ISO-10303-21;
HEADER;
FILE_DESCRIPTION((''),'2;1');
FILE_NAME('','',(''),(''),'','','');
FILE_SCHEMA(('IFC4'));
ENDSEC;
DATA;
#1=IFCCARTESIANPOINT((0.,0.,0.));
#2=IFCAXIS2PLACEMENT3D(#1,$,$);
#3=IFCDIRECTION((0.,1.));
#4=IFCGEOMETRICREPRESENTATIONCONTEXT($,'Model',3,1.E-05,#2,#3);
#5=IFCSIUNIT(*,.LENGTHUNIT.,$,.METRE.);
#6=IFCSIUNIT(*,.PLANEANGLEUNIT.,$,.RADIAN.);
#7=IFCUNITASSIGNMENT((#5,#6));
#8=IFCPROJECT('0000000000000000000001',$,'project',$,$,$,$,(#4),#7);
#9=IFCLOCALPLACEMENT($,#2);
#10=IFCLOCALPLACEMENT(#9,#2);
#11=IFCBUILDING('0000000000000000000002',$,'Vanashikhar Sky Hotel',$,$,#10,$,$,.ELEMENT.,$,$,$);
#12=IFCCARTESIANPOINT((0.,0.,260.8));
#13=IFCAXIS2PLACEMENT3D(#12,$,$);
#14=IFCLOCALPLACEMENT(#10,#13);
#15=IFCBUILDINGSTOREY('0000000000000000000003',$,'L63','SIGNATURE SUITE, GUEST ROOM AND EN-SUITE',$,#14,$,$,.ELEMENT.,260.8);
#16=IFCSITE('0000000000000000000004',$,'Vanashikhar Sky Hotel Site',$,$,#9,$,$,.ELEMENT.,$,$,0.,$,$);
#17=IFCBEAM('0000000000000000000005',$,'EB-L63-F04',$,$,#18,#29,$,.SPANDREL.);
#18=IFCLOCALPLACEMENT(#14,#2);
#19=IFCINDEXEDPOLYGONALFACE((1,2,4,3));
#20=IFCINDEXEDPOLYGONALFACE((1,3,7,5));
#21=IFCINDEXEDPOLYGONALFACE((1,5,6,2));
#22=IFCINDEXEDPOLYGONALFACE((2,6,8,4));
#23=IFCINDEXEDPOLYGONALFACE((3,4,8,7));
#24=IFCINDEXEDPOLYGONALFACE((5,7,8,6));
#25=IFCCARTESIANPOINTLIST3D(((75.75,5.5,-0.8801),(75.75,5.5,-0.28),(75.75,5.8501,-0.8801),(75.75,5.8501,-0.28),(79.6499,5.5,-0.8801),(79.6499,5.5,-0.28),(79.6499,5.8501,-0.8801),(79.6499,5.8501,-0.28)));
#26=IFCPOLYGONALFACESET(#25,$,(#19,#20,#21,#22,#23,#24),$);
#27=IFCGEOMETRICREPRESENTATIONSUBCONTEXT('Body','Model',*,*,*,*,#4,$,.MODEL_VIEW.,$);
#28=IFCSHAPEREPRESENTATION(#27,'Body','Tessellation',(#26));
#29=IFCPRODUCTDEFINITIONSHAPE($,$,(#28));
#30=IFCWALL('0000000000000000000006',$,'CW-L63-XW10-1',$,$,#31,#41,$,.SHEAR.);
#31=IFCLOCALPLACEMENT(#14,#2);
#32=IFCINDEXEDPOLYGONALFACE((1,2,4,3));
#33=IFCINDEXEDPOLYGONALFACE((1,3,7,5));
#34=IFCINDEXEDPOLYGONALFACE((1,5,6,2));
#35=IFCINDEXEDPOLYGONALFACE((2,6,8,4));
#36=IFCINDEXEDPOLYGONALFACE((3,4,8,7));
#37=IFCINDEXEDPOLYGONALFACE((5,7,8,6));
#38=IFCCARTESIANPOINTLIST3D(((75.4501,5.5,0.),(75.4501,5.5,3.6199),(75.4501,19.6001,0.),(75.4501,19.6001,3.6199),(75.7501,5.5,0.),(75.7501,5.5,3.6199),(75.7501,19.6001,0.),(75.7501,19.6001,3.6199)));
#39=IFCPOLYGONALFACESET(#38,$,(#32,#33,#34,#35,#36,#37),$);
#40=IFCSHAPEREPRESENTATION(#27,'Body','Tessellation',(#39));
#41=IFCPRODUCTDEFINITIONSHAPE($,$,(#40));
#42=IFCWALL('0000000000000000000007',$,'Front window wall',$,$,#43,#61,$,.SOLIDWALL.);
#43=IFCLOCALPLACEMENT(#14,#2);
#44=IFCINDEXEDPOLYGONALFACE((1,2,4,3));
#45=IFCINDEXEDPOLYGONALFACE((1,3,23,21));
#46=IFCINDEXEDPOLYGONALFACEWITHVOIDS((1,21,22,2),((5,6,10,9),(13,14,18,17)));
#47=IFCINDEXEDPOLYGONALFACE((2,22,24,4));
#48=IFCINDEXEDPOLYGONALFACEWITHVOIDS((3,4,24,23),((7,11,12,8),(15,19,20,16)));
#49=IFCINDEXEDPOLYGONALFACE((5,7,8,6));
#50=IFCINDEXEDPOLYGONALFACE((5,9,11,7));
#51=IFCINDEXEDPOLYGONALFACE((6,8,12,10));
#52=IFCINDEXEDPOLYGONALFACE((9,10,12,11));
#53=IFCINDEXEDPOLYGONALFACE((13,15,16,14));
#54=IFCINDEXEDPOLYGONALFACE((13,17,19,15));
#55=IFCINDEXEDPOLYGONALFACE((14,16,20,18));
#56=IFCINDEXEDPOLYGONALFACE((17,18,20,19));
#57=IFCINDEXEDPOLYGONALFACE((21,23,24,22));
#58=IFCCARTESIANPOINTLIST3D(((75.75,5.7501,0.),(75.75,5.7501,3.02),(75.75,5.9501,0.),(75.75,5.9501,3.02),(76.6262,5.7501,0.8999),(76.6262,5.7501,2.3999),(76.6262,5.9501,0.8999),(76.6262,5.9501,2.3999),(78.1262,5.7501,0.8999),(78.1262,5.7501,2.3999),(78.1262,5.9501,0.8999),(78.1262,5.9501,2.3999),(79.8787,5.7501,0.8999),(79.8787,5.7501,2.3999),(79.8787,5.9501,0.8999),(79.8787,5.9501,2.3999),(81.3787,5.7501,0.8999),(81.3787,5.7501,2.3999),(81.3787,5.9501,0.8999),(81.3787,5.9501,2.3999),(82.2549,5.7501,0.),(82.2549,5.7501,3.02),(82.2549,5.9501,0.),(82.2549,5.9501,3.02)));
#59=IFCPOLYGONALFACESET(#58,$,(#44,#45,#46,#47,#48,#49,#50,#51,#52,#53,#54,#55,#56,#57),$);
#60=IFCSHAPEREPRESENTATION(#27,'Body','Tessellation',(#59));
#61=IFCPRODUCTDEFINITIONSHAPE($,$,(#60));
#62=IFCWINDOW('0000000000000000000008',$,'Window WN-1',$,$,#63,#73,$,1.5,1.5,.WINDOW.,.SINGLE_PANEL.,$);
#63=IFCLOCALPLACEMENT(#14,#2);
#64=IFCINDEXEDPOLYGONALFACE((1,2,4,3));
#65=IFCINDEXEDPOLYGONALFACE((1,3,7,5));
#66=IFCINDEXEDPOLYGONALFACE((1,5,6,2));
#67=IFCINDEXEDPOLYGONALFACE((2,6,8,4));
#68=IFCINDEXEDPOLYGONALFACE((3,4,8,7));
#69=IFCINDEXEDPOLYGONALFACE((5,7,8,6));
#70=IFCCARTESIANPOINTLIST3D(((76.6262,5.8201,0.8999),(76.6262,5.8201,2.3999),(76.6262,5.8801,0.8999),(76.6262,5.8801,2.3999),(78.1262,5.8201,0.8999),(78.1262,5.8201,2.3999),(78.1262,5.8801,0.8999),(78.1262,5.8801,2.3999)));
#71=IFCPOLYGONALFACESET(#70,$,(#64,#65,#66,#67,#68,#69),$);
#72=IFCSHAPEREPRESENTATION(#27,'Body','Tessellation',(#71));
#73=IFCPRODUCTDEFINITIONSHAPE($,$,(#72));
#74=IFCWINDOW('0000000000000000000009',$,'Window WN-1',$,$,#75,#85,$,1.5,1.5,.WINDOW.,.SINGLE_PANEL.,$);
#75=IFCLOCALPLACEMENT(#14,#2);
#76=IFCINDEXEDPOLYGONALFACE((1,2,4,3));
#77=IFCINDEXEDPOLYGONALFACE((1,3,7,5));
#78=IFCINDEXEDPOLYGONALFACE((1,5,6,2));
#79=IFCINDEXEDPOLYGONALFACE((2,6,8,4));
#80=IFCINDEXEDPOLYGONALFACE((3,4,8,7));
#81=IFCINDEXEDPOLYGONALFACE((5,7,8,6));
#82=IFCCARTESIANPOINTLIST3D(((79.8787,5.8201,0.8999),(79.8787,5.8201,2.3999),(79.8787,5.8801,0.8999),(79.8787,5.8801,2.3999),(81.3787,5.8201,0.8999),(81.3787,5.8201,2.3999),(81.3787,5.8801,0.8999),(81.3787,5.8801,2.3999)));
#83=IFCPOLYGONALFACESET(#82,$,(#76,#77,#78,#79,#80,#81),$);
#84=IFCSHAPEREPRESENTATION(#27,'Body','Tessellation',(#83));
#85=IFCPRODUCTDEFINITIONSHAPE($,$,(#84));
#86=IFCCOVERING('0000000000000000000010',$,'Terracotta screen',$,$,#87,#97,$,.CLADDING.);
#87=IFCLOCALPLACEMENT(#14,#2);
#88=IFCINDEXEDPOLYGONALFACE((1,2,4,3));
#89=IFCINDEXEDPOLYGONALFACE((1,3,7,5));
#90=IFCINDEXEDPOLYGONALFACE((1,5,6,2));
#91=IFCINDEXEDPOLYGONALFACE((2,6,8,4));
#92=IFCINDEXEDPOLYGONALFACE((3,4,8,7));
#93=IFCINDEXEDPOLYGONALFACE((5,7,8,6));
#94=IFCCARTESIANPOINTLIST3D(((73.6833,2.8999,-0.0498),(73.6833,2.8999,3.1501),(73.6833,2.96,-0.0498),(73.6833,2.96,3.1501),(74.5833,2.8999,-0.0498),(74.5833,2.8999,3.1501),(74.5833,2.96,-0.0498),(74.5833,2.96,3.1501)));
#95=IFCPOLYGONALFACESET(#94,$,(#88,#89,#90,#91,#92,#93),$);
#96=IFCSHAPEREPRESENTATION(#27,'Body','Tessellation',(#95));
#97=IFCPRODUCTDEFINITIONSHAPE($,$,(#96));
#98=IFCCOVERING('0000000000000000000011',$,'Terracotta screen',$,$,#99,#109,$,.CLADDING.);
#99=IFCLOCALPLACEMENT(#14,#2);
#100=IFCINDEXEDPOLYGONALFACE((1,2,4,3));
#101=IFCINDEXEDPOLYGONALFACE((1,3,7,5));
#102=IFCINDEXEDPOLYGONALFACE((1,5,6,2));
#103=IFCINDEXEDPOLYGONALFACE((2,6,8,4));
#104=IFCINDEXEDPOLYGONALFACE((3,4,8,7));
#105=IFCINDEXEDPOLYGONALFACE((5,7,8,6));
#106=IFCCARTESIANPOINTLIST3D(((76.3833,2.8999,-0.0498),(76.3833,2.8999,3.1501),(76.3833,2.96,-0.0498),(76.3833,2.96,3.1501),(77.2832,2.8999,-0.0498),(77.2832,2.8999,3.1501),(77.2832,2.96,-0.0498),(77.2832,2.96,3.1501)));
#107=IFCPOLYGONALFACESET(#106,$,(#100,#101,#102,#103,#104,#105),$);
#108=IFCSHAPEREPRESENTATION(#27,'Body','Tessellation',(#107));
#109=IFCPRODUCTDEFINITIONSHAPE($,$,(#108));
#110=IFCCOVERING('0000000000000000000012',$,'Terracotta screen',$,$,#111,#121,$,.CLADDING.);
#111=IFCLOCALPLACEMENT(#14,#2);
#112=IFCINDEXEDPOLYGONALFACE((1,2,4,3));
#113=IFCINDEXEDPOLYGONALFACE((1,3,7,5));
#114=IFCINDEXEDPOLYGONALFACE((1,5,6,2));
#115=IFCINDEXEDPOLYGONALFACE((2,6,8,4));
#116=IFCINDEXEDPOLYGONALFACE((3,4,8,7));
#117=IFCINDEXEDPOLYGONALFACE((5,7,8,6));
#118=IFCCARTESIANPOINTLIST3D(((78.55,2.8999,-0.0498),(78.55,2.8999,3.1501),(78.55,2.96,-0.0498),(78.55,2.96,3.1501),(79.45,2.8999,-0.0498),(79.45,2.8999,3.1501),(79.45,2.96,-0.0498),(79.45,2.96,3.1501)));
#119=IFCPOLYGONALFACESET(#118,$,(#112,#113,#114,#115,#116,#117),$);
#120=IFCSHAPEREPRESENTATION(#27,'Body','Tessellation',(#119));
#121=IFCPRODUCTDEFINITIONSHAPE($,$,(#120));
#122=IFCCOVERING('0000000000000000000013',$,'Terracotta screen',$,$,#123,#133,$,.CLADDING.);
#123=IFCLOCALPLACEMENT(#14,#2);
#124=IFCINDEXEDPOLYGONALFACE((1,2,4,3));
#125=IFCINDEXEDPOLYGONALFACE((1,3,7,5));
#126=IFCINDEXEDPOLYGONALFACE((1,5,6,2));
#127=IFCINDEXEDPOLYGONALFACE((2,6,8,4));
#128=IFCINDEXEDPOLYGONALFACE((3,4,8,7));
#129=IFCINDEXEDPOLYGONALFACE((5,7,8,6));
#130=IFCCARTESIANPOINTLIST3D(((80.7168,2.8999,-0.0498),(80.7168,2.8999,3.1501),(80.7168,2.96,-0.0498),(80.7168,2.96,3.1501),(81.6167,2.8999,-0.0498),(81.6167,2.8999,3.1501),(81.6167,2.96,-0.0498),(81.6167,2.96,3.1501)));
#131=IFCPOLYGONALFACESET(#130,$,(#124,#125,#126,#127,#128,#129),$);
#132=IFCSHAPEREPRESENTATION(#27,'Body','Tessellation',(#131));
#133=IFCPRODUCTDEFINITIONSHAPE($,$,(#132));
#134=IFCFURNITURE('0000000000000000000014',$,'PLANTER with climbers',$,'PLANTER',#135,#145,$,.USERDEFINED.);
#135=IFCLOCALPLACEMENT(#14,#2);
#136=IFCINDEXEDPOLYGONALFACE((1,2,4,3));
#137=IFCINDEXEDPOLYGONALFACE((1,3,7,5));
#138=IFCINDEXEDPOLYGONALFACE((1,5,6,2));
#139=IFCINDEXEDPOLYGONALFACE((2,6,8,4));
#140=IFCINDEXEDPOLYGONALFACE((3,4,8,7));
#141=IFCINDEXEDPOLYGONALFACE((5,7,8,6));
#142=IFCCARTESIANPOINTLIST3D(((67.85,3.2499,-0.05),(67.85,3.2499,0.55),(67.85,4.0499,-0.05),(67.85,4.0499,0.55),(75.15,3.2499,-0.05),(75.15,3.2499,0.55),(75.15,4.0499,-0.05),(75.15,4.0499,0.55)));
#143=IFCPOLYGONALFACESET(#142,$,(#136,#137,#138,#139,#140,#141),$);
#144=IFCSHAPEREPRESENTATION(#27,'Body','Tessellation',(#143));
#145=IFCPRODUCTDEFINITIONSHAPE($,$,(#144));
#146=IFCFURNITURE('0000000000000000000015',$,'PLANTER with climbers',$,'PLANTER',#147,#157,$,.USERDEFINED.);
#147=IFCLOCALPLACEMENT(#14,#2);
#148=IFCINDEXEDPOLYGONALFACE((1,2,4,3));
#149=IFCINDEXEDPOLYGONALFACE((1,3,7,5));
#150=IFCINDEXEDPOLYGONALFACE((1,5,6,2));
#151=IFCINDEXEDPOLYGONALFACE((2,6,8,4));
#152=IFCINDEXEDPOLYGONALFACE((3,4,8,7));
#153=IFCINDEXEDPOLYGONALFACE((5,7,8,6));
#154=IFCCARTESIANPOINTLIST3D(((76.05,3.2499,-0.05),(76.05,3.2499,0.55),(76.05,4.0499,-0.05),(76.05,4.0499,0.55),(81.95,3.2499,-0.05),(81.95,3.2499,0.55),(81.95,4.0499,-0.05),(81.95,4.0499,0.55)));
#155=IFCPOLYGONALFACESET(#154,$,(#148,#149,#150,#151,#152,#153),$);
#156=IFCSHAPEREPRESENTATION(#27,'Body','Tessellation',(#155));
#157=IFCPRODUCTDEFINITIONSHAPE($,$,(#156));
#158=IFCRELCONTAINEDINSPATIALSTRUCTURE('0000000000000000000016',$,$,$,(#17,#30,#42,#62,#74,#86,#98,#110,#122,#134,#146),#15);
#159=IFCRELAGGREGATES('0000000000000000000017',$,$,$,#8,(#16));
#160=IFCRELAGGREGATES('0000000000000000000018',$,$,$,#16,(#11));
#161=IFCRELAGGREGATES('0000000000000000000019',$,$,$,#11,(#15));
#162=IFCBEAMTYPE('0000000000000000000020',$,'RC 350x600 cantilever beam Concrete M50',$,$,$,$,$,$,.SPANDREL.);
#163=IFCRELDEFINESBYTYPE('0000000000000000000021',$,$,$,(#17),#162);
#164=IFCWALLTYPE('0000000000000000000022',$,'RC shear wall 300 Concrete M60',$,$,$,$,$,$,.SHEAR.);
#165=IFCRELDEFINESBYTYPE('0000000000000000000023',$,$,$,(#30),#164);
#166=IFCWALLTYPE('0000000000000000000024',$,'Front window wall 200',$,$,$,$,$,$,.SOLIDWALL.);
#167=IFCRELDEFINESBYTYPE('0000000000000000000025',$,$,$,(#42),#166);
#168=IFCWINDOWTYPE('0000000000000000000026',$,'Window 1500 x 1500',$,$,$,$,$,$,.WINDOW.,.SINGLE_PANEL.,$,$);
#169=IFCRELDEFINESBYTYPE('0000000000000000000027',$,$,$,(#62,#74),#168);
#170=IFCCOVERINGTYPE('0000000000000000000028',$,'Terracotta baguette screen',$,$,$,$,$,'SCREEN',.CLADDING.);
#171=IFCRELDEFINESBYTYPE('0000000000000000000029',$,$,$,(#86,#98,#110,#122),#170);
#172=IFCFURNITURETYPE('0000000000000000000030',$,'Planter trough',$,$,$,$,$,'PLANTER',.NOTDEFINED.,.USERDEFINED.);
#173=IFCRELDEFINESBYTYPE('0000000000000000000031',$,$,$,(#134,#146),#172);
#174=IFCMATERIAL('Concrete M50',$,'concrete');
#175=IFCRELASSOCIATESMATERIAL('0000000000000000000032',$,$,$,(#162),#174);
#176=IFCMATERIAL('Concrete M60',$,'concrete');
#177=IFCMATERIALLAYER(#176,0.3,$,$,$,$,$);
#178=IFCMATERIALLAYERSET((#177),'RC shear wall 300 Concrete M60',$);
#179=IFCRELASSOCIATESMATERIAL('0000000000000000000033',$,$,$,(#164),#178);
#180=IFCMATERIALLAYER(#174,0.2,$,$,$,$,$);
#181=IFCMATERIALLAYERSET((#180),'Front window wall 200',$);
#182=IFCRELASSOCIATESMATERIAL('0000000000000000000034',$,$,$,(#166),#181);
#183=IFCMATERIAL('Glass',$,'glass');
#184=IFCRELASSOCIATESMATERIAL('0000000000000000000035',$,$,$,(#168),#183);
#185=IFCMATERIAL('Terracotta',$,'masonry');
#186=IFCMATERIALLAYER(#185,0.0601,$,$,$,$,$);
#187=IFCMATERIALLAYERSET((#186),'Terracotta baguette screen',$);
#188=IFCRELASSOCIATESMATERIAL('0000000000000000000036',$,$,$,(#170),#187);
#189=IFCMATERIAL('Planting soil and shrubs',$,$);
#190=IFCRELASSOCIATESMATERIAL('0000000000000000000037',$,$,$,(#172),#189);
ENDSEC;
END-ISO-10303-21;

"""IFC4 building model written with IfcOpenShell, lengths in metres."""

from ifc_helpers import new_model, si_unit, direction, frame, frame_2d, origin, origin_2d, place, context, subcontext, project, spatial, rectangle, extrude, source, transform, mapped, material, layer, layer_set, material_profile, profile_set, type_object, element, fill, save


model = new_model("IFC4")

# Units and contexts
model_context = context("Model", 3, precision=1e-05, world=origin(), true_north=direction((0.0, 1.0)))
body_context = subcontext(model_context, "Body", "Model", "MODEL_VIEW")
ifc_project = project(units=[si_unit("LENGTHUNIT", "METRE"), si_unit("PLANEANGLEUNIT", "RADIAN")], contexts=[model_context])

# Site, building, storey
site_placement = place(None, origin())
site = spatial("IfcSite", under=ifc_project, at=site_placement, Name="Vanashikhar Sky Hotel Site", CompositionType="ELEMENT", RefElevation=0.0)
building_placement = place(site_placement, origin())
building = spatial("IfcBuilding", under=site, at=building_placement, Name="Vanashikhar Sky Hotel", CompositionType="ELEMENT")
storey_placement = place(building_placement, frame((0.0, 0.0, 260.8)))
storey = spatial("IfcBuildingStorey", under=building, at=storey_placement, Name="L63", Description="SIGNATURE SUITE, GUEST ROOM AND EN-SUITE", CompositionType="ELEMENT", Elevation=260.8)

# Beam
ifc_material_1 = material(Name="Concrete M50", Category="concrete")
ifc_material_profile = material_profile(ifc_material_1, rectangle(XDim=0.3501, YDim=0.6001, at=origin_2d()))
ifc_profile_set = profile_set([ifc_material_profile], Name="RC 350x600 cantilever beam Concrete M50")
beam_type = type_object("IfcBeamType", Name="RC 350x600 cantilever beam Concrete M50", PredefinedType="SPANDREL", material=ifc_profile_set)
shared_shape_1 = source(origin(), body_context, "Body", "SweptSolid", [
    extrude(rectangle(XDim=0.3501, YDim=0.6001, at=origin_2d()), origin(), (0.0, 0.0, 1.0), 3.8999),
])
beam_placement = place(storey_placement, frame((75.75, 5.675, -0.5801), z_axis=(1.0, 0.0, 0.0), x_axis=(0.0, 1.0, 0.0)))
element("IfcBeam", 1, at=beam_placement, inside=storey, type_object=beam_type, Name="EB-L63-F04", PredefinedType="SPANDREL", context=body_context, shape_type="MappedRepresentation", body=[
    mapped(shared_shape_1, transform((0.0, 0.0, 0.0), scale=1.0)),
])

# Wall
ifc_material_2 = material(Name="Concrete M60", Category="concrete")
ifc_layer_1 = layer(ifc_material_2, 0.3)
ifc_layer_set_1 = layer_set([ifc_layer_1], Name="RC shear wall 300 Concrete M60")
wall_type_1 = type_object("IfcWallType", Name="RC shear wall 300 Concrete M60", PredefinedType="SHEAR", material=ifc_layer_set_1)
shared_shape_2 = source(origin(), body_context, "Body", "SweptSolid", [
    extrude(rectangle(XDim=14.1001, YDim=0.3, at=frame_2d((7.05, 0.0))), origin(), (0.0, 0.0, 1.0), 3.6199),
])
wall_1_placement = place(storey_placement, frame((75.6001, 5.5, 0.0), z_axis=(0.0, 0.0, 1.0), x_axis=(0.0, 1.0, 0.0)))
element("IfcWall", 2, at=wall_1_placement, inside=storey, type_object=wall_type_1, Name="CW-L63-XW10-1", PredefinedType="SHEAR", context=body_context, shape_type="MappedRepresentation", body=[
    mapped(shared_shape_2, transform((0.0, 0.0, 0.0), scale=1.0)),
])

# Wall, openings, windows
ifc_layer_2 = layer(ifc_material_1, 0.2)
ifc_layer_set_2 = layer_set([ifc_layer_2], Name="Front window wall 200")
wall_type_2 = type_object("IfcWallType", Name="Front window wall 200", PredefinedType="SOLIDWALL", material=ifc_layer_set_2)
shared_shape_3 = source(origin(), body_context, "Body", "SweptSolid", [
    extrude(rectangle(XDim=6.5049, YDim=0.2, at=frame_2d((3.2524, 0.0))), origin(), (0.0, 0.0, 1.0), 3.02),
])
wall_2_placement = place(storey_placement, frame((75.75, 5.8501, 0.0), z_axis=(0.0, 0.0, 1.0), x_axis=(1.0, 0.0, 0.0)))
wall_2 = element("IfcWall", 3, at=wall_2_placement, inside=storey, type_object=wall_type_2, Name="Front window wall", PredefinedType="SOLIDWALL", context=body_context, shape_type="MappedRepresentation", body=[
    mapped(shared_shape_3, transform((0.0, 0.0, 0.0), scale=1.0)),
])
shared_shape_4 = source(origin(), body_context, "Body", "SweptSolid", [
    extrude(rectangle(XDim=1.5, YDim=1.5, at=frame_2d((0.75, 0.75))), frame((0.0, 0.1099, 0.0), z_axis=(0.0, -1.0, 0.0), x_axis=(1.0, 0.0, 0.0)), (0.0, 0.0, 1.0), 0.22),
])
opening_1_placement = place(wall_2_placement, frame((0.8762, 0.0, 0.8999)))
opening_1 = element("IfcOpeningElement", 4, at=opening_1_placement, cuts=wall_2, PredefinedType="OPENING", context=body_context, shape_type="MappedRepresentation", body=[
    mapped(shared_shape_4, transform((0.0, 0.0, 0.0), scale=1.0)),
])
opening_2_placement = place(wall_2_placement, frame((4.1287, 0.0, 0.8999)))
opening_2 = element("IfcOpeningElement", 5, at=opening_2_placement, cuts=wall_2, PredefinedType="OPENING", context=body_context, shape_type="MappedRepresentation", body=[
    mapped(shared_shape_4, transform((0.0, 0.0, 0.0), scale=1.0)),
])
ifc_material_3 = material(Name="Glass", Category="glass")
window_type = type_object("IfcWindowType", Name="Window 1500 x 1500", PartitioningType="SINGLE_PANEL", PredefinedType="WINDOW", material=ifc_material_3)
shared_shape_5 = source(origin(), body_context, "Body", "SweptSolid", [
    extrude(rectangle(XDim=1.5, YDim=1.5, at=frame_2d((0.75, 0.75))), frame((0.0, 0.03, 0.0), z_axis=(0.0, -1.0, 0.0), x_axis=(1.0, 0.0, 0.0)), (0.0, 0.0, 1.0), 0.0601),
])
window_1_placement = place(opening_1_placement, origin())
window_1 = element("IfcWindow", 6, at=window_1_placement, inside=storey, type_object=window_type, Name="Window WN-1", OverallHeight=1.5, OverallWidth=1.5, PartitioningType="SINGLE_PANEL", PredefinedType="WINDOW", context=body_context, shape_type="MappedRepresentation", body=[
    mapped(shared_shape_5, transform((0.0, 0.0, 0.0), scale=1.0)),
])
fill(opening_1, window_1)
window_2_placement = place(opening_2_placement, origin())
window_2 = element("IfcWindow", 7, at=window_2_placement, inside=storey, type_object=window_type, Name="Window WN-1", OverallHeight=1.5, OverallWidth=1.5, PartitioningType="SINGLE_PANEL", PredefinedType="WINDOW", context=body_context, shape_type="MappedRepresentation", body=[
    mapped(shared_shape_5, transform((0.0, 0.0, 0.0), scale=1.0)),
])
fill(opening_2, window_2)

# Coverings
ifc_material_4 = material(Name="Terracotta", Category="masonry")
ifc_layer_3 = layer(ifc_material_4, 0.0601)
ifc_layer_set_3 = layer_set([ifc_layer_3], Name="Terracotta baguette screen")
covering_type = type_object("IfcCoveringType", Name="Terracotta baguette screen", ElementType="SCREEN", PredefinedType="CLADDING", material=ifc_layer_set_3)
shared_shape_6 = source(origin(), body_context, "Body", "SweptSolid", [
    extrude(rectangle(XDim=0.8999, YDim=0.0601, at=origin_2d()), origin(), (0.0, 0.0, 1.0), 3.2),
])
for number, where, z_axis, x_axis, name in (
    (8, (74.1333, 2.9299, -0.0498), (0.0, 0.0, 1.0), (1.0, 0.0, 0.0), "Terracotta screen"),
    (9, (76.8333, 2.9299, -0.0498), (0.0, 0.0, 1.0), (1.0, 0.0, 0.0), "Terracotta screen"),
    (10, (79.0, 2.9299, -0.0498), (0.0, 0.0, 1.0), (1.0, 0.0, 0.0), "Terracotta screen"),
    (11, (81.1667, 2.9299, -0.0498), (0.0, 0.0, 1.0), (1.0, 0.0, 0.0), "Terracotta screen"),
):
    element("IfcCovering", number, at=place(storey_placement, frame(where, z_axis=z_axis, x_axis=x_axis)), inside=storey, type_object=covering_type, Name=name, PredefinedType="CLADDING", context=body_context, shape_type="MappedRepresentation", body=[
        mapped(shared_shape_6, transform((0.0, 0.0, 0.0), scale=1.0)),
    ])

# Furniture
ifc_material_5 = material(Name="Planting soil and shrubs")
furniture_type = type_object("IfcFurnitureType", Name="Planter trough", ElementType="PLANTER", AssemblyPlace="NOTDEFINED", PredefinedType="USERDEFINED", material=ifc_material_5)
shared_shape_7 = source(origin(), body_context, "Body", "SweptSolid", [
    extrude(rectangle(XDim=7.3, YDim=0.8, at=origin_2d()), origin(), (0.0, 0.0, 1.0), 0.6001),
])
furniture_1_placement = place(storey_placement, frame((71.5, 3.6499, -0.05), z_axis=(0.0, 0.0, 1.0), x_axis=(1.0, 0.0, 0.0)))
element("IfcFurniture", 12, at=furniture_1_placement, inside=storey, type_object=furniture_type, Name="PLANTER with climbers", ObjectType="PLANTER", PredefinedType="USERDEFINED", context=body_context, shape_type="MappedRepresentation", body=[
    mapped(shared_shape_7, transform((0.0, 0.0, 0.0), scale=1.0)),
])
shared_shape_8 = source(origin(), body_context, "Body", "SweptSolid", [
    extrude(rectangle(XDim=5.8999, YDim=0.8, at=origin_2d()), origin(), (0.0, 0.0, 1.0), 0.6001),
])
furniture_2_placement = place(storey_placement, frame((79.0, 3.6499, -0.05), z_axis=(0.0, 0.0, 1.0), x_axis=(1.0, 0.0, 0.0)))
element("IfcFurniture", 13, at=furniture_2_placement, inside=storey, type_object=furniture_type, Name="PLANTER with climbers", ObjectType="PLANTER", PredefinedType="USERDEFINED", context=body_context, shape_type="MappedRepresentation", body=[
    mapped(shared_shape_8, transform((0.0, 0.0, 0.0), scale=1.0)),
])

save(model, "model.ifc")
